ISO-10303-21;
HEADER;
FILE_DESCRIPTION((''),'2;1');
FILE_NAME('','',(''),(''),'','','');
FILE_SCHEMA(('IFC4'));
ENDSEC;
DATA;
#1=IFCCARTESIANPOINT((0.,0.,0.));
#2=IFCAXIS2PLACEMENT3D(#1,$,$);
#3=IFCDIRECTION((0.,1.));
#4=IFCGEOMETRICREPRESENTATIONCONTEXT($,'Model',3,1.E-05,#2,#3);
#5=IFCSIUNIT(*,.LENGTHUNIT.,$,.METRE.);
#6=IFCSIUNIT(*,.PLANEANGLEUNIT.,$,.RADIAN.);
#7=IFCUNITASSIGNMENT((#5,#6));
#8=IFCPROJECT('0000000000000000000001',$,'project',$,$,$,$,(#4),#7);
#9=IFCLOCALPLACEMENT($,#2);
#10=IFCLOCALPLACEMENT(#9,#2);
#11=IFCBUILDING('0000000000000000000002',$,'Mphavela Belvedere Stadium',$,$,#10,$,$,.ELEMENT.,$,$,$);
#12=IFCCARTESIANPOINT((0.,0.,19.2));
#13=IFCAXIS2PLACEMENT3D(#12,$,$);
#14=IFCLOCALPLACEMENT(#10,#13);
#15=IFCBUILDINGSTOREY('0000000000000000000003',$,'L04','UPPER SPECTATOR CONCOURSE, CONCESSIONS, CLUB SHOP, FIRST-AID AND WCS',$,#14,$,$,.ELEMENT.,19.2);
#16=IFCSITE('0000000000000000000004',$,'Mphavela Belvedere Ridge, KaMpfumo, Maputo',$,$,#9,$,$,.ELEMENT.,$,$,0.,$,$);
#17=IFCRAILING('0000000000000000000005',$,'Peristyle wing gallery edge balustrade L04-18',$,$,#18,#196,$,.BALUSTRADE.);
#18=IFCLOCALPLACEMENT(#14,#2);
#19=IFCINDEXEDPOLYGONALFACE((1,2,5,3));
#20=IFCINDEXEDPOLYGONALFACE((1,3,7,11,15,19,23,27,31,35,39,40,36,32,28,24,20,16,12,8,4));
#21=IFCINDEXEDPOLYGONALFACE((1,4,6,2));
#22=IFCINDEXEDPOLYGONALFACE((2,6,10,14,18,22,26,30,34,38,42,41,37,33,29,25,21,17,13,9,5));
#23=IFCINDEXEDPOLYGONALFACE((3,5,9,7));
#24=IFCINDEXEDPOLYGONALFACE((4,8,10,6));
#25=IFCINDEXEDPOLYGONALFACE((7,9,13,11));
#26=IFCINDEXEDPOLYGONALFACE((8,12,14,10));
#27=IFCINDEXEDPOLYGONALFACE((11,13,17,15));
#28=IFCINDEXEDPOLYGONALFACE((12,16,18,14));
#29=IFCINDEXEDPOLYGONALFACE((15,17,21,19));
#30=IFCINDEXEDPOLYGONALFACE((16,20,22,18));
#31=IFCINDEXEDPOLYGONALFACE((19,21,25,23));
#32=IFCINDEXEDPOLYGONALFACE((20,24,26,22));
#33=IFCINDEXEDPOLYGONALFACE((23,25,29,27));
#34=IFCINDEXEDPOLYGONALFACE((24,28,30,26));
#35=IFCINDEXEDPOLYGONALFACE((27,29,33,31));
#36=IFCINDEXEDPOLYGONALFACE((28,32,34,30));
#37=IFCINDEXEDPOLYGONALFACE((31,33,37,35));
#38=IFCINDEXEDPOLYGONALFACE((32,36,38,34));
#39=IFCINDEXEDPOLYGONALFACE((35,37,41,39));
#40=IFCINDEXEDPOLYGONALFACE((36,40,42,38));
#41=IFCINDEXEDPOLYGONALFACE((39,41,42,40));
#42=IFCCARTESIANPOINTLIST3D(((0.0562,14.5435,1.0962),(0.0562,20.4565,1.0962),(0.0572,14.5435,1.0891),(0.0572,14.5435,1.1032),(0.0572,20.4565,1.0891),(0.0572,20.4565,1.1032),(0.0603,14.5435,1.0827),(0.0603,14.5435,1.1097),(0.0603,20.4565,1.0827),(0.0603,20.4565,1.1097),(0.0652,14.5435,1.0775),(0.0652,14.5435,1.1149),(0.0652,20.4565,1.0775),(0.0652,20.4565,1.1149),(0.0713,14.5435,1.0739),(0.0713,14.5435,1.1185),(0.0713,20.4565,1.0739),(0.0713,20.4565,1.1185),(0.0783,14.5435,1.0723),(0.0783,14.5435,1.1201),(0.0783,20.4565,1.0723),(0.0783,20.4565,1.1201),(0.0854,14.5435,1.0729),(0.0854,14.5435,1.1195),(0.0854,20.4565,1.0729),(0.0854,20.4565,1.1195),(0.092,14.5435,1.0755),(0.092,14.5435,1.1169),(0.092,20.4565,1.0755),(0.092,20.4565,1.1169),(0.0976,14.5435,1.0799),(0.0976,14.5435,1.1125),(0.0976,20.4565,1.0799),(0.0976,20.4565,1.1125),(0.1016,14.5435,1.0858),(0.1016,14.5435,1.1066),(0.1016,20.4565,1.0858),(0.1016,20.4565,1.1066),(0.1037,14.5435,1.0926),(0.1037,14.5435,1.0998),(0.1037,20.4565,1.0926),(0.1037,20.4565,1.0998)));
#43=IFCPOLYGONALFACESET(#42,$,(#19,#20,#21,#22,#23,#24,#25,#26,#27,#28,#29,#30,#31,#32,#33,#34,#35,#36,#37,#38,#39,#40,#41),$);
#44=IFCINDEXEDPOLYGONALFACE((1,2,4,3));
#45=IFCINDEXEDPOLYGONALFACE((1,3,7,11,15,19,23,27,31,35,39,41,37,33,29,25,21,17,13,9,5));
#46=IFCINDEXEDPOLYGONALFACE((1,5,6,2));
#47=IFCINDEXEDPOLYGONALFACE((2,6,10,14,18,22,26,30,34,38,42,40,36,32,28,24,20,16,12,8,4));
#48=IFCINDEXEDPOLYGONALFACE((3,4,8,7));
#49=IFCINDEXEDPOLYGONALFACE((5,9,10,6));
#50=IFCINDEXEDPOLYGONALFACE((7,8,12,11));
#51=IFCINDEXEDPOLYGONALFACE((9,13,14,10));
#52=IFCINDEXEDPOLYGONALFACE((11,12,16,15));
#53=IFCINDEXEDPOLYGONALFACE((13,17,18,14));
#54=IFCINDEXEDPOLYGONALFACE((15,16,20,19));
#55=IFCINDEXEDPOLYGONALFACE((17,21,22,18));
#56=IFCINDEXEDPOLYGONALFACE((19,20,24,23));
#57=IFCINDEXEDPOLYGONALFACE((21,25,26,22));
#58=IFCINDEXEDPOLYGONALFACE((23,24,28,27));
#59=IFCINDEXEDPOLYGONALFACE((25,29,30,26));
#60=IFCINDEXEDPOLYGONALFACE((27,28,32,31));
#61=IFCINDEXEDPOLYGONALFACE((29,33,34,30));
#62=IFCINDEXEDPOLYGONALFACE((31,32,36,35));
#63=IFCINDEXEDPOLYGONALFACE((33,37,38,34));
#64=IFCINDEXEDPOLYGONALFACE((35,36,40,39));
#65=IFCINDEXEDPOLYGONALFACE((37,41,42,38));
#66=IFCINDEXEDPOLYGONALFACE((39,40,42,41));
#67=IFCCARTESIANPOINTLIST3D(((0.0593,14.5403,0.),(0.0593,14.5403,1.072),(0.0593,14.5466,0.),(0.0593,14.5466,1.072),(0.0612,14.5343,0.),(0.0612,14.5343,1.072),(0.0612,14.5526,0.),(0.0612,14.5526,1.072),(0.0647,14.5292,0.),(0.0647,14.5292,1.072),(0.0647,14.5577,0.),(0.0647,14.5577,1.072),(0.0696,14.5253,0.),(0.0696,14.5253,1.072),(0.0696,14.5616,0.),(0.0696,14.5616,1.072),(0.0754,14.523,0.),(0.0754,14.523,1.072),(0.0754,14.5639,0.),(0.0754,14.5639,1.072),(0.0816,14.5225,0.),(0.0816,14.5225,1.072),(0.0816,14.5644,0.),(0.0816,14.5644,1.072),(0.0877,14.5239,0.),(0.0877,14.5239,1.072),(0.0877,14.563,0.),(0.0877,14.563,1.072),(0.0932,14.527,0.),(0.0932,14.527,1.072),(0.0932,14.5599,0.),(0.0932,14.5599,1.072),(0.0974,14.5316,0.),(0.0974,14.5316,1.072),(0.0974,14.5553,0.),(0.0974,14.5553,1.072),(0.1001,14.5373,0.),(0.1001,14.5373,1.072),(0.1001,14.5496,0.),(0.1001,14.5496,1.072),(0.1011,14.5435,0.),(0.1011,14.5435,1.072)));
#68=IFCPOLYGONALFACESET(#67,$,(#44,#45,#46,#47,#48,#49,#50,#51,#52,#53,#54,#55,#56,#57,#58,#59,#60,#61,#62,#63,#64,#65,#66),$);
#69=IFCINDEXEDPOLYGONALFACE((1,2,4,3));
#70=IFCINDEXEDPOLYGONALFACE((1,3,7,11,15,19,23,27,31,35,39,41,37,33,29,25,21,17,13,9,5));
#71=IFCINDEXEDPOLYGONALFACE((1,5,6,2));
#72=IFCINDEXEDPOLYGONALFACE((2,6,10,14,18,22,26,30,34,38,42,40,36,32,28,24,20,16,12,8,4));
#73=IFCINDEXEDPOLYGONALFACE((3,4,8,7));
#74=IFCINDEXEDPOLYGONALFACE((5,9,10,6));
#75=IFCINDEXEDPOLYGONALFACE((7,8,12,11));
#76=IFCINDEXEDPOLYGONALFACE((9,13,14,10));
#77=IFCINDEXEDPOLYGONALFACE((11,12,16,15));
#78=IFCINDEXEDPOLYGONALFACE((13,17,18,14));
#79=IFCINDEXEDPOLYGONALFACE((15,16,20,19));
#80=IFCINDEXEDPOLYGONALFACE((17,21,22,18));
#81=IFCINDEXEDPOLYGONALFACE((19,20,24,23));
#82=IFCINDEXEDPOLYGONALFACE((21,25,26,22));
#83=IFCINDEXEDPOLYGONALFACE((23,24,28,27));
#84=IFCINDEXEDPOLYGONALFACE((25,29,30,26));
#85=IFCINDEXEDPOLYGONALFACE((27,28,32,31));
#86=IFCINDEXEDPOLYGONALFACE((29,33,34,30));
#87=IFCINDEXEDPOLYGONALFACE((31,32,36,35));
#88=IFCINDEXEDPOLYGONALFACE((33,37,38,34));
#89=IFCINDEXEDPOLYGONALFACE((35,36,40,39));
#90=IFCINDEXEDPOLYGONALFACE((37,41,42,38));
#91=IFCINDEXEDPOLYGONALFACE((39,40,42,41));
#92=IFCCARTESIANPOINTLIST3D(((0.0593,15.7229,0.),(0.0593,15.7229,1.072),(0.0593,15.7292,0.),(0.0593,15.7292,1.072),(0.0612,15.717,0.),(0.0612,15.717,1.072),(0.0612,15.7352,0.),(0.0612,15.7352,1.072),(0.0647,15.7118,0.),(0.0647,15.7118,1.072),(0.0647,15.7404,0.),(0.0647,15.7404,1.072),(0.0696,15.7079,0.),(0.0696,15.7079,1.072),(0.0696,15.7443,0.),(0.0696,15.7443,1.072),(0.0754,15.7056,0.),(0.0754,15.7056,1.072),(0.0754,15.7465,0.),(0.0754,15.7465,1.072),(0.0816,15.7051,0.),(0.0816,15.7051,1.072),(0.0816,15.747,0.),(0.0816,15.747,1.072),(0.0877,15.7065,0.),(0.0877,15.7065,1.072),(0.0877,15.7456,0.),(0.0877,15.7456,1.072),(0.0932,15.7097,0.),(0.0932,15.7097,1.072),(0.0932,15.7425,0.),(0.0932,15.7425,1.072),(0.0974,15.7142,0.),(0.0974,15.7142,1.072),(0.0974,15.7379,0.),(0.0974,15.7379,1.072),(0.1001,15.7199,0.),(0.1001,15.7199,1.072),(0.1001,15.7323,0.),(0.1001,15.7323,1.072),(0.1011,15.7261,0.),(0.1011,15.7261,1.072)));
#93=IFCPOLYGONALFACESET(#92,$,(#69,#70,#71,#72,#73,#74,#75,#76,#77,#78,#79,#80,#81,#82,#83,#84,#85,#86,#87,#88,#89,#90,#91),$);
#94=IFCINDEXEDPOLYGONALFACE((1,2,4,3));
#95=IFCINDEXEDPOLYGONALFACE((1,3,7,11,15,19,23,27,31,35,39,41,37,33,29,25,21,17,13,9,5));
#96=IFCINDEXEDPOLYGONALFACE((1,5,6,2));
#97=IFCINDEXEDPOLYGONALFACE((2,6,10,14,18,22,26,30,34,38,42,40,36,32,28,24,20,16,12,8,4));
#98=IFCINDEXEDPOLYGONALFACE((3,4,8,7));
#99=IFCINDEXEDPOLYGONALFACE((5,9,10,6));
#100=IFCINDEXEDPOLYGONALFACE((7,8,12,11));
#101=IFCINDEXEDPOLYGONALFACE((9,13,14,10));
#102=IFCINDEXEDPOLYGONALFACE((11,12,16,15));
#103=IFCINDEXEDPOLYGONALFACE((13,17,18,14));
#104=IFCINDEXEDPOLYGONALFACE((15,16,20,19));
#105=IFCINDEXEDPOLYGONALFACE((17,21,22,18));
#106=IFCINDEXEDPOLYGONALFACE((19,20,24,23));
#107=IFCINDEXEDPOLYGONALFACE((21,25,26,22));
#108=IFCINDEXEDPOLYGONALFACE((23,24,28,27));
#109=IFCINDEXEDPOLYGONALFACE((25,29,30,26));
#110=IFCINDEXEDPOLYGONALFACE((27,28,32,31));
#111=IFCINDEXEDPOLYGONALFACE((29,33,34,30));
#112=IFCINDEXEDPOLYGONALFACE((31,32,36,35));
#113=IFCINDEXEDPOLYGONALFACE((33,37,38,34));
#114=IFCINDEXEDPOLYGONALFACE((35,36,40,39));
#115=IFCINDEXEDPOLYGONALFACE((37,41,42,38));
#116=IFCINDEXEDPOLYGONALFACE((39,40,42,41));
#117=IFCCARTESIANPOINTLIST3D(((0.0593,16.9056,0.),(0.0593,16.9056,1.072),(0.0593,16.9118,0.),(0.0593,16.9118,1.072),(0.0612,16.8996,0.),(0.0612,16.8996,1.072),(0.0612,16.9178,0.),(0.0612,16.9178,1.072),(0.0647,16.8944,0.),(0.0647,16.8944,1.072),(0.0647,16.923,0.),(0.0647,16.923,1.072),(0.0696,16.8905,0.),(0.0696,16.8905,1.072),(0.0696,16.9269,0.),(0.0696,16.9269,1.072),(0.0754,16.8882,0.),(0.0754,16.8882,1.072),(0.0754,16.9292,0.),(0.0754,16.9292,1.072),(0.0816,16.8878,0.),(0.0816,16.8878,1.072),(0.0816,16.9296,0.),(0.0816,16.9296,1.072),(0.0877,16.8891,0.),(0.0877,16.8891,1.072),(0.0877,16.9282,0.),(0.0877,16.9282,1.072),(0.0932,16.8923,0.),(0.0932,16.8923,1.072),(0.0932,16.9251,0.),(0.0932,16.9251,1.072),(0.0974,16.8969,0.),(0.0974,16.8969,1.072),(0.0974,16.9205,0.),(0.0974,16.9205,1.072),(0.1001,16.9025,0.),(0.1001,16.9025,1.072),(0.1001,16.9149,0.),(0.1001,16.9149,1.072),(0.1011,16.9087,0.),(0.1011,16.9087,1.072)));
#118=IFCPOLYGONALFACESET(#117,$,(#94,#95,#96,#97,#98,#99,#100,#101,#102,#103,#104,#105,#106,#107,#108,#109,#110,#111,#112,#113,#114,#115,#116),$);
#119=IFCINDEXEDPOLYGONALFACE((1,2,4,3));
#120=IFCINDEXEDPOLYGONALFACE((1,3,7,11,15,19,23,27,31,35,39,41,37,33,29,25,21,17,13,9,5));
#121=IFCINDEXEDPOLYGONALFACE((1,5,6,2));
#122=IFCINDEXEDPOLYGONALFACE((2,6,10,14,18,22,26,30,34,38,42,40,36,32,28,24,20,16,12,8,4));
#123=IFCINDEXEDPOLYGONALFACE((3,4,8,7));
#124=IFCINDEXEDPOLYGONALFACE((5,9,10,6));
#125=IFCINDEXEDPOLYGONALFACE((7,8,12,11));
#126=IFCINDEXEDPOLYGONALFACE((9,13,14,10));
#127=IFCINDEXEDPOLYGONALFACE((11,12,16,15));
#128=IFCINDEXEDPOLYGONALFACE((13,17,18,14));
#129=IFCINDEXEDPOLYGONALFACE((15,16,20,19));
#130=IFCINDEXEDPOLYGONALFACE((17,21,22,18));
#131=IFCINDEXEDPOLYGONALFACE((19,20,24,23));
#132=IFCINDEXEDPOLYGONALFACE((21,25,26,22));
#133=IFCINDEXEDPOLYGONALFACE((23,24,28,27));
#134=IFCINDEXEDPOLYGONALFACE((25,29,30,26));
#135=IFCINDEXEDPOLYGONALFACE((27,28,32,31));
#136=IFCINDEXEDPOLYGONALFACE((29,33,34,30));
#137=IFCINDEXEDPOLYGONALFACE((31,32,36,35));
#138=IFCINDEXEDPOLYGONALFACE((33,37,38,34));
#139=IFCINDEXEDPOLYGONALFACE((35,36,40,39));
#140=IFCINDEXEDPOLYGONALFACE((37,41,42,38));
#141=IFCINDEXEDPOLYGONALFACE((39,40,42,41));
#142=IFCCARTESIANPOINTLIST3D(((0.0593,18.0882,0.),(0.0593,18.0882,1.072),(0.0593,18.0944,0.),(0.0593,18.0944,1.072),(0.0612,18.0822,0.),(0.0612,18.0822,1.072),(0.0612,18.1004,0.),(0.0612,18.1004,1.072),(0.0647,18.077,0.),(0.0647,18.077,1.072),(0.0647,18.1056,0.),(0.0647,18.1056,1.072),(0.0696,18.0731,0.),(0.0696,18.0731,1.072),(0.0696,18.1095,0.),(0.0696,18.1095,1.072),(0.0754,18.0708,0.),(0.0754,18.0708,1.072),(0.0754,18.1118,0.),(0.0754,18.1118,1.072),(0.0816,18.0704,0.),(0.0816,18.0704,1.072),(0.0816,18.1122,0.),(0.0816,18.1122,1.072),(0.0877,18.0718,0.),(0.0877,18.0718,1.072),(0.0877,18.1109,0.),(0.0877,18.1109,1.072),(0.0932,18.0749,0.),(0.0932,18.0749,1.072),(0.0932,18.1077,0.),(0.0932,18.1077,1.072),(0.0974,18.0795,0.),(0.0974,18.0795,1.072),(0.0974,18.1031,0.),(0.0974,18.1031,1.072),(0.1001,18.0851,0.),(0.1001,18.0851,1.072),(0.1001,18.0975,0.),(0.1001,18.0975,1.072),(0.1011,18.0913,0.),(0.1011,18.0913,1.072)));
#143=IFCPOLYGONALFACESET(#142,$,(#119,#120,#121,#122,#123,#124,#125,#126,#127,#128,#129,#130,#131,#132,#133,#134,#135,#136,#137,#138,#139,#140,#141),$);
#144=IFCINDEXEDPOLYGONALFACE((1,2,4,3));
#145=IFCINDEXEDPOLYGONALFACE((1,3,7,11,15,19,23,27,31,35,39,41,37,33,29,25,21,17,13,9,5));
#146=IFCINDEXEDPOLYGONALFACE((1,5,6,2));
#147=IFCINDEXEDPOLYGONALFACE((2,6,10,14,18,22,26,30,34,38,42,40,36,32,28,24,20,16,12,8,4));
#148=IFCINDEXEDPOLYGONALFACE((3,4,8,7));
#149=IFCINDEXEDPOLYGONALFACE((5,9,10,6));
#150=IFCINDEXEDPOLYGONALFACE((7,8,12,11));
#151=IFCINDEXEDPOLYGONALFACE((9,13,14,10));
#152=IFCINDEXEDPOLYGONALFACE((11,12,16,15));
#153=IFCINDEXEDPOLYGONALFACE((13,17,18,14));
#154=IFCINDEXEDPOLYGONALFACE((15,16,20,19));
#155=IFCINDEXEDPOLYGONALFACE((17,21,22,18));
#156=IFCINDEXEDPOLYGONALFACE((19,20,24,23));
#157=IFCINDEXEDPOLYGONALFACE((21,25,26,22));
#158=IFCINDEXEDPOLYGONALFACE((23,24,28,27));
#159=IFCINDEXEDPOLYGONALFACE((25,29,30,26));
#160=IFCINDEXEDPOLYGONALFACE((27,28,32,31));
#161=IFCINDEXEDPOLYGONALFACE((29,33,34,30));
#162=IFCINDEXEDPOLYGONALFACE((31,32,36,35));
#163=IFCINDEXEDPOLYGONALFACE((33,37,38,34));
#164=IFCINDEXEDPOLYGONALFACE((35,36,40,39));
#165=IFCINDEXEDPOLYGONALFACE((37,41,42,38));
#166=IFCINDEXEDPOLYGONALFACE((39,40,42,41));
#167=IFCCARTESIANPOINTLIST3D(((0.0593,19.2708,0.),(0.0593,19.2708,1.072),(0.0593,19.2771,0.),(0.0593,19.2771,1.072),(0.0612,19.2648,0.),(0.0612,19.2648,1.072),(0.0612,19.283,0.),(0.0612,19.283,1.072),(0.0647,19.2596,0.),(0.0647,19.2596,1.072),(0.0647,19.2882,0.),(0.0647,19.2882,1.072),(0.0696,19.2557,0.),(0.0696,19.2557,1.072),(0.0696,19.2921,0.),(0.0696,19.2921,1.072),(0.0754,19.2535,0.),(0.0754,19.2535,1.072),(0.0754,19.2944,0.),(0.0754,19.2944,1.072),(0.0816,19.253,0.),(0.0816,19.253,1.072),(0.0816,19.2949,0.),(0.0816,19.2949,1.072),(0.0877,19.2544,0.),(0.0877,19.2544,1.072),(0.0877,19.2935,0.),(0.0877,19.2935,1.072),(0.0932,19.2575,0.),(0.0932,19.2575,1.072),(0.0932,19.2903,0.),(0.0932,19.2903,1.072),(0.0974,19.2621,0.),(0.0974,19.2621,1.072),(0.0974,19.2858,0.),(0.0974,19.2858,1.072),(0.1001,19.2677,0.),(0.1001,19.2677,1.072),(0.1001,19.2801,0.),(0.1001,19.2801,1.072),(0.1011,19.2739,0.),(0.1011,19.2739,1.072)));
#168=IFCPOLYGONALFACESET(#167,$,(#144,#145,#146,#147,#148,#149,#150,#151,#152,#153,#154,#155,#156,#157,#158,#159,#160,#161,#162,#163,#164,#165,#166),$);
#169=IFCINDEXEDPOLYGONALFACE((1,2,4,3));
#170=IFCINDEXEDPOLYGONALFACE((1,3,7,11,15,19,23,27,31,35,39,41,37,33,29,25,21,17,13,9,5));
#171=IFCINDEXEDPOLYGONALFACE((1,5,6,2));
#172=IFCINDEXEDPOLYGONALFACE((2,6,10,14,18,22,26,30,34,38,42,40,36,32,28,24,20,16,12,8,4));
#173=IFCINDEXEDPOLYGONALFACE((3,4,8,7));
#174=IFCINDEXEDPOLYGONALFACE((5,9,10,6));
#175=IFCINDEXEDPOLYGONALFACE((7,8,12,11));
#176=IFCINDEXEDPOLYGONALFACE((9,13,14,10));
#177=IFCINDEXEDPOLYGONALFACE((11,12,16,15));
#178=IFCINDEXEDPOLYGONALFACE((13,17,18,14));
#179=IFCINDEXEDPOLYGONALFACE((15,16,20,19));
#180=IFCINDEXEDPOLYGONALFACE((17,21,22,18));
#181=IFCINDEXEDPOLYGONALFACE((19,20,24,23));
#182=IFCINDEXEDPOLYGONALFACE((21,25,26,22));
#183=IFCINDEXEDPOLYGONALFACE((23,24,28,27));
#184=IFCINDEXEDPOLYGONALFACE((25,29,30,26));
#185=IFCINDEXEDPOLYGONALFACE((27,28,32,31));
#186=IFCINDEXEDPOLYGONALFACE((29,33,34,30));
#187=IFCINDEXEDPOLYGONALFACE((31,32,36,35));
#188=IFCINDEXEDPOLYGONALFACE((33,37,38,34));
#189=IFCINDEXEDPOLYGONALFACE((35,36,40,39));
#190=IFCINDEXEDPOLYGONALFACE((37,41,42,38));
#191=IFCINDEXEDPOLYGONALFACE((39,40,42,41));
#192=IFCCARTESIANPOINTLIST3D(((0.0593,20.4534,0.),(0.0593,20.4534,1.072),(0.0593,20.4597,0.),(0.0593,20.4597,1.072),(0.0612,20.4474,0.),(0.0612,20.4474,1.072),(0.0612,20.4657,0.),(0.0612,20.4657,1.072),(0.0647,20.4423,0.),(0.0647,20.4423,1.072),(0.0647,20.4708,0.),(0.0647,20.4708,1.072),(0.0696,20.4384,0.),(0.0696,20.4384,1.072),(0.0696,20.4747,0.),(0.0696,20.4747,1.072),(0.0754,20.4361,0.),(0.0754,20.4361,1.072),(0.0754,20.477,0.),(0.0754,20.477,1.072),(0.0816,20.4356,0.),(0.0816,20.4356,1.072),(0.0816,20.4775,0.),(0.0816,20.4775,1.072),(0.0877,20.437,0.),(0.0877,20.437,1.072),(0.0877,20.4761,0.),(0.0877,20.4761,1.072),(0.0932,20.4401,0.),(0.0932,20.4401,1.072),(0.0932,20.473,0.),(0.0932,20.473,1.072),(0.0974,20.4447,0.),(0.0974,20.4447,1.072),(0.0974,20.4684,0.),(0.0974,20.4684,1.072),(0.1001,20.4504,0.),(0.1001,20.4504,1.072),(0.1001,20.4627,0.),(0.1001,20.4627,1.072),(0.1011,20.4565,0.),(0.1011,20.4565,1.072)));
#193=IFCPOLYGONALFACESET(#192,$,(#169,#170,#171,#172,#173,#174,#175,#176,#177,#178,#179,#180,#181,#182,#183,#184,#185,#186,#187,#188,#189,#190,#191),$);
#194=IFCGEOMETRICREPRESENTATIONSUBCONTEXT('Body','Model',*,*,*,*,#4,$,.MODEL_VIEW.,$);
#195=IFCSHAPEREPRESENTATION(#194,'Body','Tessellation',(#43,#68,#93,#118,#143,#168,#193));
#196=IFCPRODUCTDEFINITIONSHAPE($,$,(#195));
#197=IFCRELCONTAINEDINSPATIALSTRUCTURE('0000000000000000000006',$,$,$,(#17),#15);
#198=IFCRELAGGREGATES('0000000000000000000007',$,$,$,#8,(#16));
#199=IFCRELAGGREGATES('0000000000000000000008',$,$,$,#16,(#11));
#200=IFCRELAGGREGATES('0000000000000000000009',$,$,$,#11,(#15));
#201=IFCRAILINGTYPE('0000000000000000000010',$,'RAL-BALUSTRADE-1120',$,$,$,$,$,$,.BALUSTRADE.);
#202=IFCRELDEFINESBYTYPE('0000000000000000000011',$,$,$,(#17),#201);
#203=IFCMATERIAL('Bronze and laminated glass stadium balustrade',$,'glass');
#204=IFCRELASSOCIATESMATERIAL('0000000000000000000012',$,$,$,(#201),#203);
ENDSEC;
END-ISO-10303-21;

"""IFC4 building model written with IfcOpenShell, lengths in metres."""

from ifc_helpers import new_model, si_unit, direction, frame, origin, origin_2d, place, context, subcontext, project, spatial, circle, extrude, material, type_object, element, save


model = new_model("IFC4")

# Units and contexts
model_context = context("Model", 3, precision=1e-05, world=origin(), true_north=direction((0.0, 1.0)))
body_context = subcontext(model_context, "Body", "Model", "MODEL_VIEW")
ifc_project = project(units=[si_unit("LENGTHUNIT", "METRE"), si_unit("PLANEANGLEUNIT", "RADIAN")], contexts=[model_context])

# Site, building, storey
site_placement = place(None, origin())
site = spatial("IfcSite", under=ifc_project, at=site_placement, Name="Mphavela Belvedere Ridge, KaMpfumo, Maputo", CompositionType="ELEMENT", RefElevation=0.0)
building_placement = place(site_placement, origin())
building = spatial("IfcBuilding", under=site, at=building_placement, Name="Mphavela Belvedere Stadium", CompositionType="ELEMENT")
storey_placement = place(building_placement, frame((0.0, 0.0, 19.2)))
storey = spatial("IfcBuildingStorey", under=building, at=storey_placement, Name="L04", Description="UPPER SPECTATOR CONCOURSE, CONCESSIONS, CLUB SHOP, FIRST-AID AND WCS", CompositionType="ELEMENT", Elevation=19.2)

# Railing
ifc_material_1 = material(Name="Bronze and laminated glass stadium balustrade", Category="glass")
railing_type = type_object("IfcRailingType", Name="RAL-BALUSTRADE-1120", PredefinedType="BALUSTRADE", material=ifc_material_1)
for number, where, name in (
    (1, (0.0801, 14.5435, 0.0), "Peristyle wing gallery edge balustrade L04-18"),
):
    element("IfcRailing", number, at=place(storey_placement, frame(where)), inside=storey, type_object=railing_type, Name=name, PredefinedType="BALUSTRADE", context=body_context, shape_type="SweptSolid", body=[
        extrude(circle(Radius=0.0239, at=origin_2d()), frame((0.0, 0.0, 1.0962), z_axis=(0.0, 1.0, 0.0), x_axis=(-1.0, 0.0, 0.0)), (0.0, 0.0, 1.0), 5.9131),
        extrude(circle(Radius=0.021, at=origin_2d()), origin(), (0.0, 0.0, 1.0), 1.072),
        extrude(circle(Radius=0.021, at=origin_2d()), frame((0.0, 1.1826, 0.0)), (0.0, 0.0, 1.0), 1.072),
        extrude(circle(Radius=0.021, at=origin_2d()), frame((0.0, 2.3652, 0.0)), (0.0, 0.0, 1.0), 1.072),
        extrude(circle(Radius=0.021, at=origin_2d()), frame((0.0, 3.5479, 0.0)), (0.0, 0.0, 1.0), 1.072),
        extrude(circle(Radius=0.021, at=origin_2d()), frame((0.0, 4.7305, 0.0)), (0.0, 0.0, 1.0), 1.072),
        extrude(circle(Radius=0.021, at=origin_2d()), frame((0.0, 5.9131, 0.0)), (0.0, 0.0, 1.0), 1.072),
    ])

save(model, "model.ifc")
